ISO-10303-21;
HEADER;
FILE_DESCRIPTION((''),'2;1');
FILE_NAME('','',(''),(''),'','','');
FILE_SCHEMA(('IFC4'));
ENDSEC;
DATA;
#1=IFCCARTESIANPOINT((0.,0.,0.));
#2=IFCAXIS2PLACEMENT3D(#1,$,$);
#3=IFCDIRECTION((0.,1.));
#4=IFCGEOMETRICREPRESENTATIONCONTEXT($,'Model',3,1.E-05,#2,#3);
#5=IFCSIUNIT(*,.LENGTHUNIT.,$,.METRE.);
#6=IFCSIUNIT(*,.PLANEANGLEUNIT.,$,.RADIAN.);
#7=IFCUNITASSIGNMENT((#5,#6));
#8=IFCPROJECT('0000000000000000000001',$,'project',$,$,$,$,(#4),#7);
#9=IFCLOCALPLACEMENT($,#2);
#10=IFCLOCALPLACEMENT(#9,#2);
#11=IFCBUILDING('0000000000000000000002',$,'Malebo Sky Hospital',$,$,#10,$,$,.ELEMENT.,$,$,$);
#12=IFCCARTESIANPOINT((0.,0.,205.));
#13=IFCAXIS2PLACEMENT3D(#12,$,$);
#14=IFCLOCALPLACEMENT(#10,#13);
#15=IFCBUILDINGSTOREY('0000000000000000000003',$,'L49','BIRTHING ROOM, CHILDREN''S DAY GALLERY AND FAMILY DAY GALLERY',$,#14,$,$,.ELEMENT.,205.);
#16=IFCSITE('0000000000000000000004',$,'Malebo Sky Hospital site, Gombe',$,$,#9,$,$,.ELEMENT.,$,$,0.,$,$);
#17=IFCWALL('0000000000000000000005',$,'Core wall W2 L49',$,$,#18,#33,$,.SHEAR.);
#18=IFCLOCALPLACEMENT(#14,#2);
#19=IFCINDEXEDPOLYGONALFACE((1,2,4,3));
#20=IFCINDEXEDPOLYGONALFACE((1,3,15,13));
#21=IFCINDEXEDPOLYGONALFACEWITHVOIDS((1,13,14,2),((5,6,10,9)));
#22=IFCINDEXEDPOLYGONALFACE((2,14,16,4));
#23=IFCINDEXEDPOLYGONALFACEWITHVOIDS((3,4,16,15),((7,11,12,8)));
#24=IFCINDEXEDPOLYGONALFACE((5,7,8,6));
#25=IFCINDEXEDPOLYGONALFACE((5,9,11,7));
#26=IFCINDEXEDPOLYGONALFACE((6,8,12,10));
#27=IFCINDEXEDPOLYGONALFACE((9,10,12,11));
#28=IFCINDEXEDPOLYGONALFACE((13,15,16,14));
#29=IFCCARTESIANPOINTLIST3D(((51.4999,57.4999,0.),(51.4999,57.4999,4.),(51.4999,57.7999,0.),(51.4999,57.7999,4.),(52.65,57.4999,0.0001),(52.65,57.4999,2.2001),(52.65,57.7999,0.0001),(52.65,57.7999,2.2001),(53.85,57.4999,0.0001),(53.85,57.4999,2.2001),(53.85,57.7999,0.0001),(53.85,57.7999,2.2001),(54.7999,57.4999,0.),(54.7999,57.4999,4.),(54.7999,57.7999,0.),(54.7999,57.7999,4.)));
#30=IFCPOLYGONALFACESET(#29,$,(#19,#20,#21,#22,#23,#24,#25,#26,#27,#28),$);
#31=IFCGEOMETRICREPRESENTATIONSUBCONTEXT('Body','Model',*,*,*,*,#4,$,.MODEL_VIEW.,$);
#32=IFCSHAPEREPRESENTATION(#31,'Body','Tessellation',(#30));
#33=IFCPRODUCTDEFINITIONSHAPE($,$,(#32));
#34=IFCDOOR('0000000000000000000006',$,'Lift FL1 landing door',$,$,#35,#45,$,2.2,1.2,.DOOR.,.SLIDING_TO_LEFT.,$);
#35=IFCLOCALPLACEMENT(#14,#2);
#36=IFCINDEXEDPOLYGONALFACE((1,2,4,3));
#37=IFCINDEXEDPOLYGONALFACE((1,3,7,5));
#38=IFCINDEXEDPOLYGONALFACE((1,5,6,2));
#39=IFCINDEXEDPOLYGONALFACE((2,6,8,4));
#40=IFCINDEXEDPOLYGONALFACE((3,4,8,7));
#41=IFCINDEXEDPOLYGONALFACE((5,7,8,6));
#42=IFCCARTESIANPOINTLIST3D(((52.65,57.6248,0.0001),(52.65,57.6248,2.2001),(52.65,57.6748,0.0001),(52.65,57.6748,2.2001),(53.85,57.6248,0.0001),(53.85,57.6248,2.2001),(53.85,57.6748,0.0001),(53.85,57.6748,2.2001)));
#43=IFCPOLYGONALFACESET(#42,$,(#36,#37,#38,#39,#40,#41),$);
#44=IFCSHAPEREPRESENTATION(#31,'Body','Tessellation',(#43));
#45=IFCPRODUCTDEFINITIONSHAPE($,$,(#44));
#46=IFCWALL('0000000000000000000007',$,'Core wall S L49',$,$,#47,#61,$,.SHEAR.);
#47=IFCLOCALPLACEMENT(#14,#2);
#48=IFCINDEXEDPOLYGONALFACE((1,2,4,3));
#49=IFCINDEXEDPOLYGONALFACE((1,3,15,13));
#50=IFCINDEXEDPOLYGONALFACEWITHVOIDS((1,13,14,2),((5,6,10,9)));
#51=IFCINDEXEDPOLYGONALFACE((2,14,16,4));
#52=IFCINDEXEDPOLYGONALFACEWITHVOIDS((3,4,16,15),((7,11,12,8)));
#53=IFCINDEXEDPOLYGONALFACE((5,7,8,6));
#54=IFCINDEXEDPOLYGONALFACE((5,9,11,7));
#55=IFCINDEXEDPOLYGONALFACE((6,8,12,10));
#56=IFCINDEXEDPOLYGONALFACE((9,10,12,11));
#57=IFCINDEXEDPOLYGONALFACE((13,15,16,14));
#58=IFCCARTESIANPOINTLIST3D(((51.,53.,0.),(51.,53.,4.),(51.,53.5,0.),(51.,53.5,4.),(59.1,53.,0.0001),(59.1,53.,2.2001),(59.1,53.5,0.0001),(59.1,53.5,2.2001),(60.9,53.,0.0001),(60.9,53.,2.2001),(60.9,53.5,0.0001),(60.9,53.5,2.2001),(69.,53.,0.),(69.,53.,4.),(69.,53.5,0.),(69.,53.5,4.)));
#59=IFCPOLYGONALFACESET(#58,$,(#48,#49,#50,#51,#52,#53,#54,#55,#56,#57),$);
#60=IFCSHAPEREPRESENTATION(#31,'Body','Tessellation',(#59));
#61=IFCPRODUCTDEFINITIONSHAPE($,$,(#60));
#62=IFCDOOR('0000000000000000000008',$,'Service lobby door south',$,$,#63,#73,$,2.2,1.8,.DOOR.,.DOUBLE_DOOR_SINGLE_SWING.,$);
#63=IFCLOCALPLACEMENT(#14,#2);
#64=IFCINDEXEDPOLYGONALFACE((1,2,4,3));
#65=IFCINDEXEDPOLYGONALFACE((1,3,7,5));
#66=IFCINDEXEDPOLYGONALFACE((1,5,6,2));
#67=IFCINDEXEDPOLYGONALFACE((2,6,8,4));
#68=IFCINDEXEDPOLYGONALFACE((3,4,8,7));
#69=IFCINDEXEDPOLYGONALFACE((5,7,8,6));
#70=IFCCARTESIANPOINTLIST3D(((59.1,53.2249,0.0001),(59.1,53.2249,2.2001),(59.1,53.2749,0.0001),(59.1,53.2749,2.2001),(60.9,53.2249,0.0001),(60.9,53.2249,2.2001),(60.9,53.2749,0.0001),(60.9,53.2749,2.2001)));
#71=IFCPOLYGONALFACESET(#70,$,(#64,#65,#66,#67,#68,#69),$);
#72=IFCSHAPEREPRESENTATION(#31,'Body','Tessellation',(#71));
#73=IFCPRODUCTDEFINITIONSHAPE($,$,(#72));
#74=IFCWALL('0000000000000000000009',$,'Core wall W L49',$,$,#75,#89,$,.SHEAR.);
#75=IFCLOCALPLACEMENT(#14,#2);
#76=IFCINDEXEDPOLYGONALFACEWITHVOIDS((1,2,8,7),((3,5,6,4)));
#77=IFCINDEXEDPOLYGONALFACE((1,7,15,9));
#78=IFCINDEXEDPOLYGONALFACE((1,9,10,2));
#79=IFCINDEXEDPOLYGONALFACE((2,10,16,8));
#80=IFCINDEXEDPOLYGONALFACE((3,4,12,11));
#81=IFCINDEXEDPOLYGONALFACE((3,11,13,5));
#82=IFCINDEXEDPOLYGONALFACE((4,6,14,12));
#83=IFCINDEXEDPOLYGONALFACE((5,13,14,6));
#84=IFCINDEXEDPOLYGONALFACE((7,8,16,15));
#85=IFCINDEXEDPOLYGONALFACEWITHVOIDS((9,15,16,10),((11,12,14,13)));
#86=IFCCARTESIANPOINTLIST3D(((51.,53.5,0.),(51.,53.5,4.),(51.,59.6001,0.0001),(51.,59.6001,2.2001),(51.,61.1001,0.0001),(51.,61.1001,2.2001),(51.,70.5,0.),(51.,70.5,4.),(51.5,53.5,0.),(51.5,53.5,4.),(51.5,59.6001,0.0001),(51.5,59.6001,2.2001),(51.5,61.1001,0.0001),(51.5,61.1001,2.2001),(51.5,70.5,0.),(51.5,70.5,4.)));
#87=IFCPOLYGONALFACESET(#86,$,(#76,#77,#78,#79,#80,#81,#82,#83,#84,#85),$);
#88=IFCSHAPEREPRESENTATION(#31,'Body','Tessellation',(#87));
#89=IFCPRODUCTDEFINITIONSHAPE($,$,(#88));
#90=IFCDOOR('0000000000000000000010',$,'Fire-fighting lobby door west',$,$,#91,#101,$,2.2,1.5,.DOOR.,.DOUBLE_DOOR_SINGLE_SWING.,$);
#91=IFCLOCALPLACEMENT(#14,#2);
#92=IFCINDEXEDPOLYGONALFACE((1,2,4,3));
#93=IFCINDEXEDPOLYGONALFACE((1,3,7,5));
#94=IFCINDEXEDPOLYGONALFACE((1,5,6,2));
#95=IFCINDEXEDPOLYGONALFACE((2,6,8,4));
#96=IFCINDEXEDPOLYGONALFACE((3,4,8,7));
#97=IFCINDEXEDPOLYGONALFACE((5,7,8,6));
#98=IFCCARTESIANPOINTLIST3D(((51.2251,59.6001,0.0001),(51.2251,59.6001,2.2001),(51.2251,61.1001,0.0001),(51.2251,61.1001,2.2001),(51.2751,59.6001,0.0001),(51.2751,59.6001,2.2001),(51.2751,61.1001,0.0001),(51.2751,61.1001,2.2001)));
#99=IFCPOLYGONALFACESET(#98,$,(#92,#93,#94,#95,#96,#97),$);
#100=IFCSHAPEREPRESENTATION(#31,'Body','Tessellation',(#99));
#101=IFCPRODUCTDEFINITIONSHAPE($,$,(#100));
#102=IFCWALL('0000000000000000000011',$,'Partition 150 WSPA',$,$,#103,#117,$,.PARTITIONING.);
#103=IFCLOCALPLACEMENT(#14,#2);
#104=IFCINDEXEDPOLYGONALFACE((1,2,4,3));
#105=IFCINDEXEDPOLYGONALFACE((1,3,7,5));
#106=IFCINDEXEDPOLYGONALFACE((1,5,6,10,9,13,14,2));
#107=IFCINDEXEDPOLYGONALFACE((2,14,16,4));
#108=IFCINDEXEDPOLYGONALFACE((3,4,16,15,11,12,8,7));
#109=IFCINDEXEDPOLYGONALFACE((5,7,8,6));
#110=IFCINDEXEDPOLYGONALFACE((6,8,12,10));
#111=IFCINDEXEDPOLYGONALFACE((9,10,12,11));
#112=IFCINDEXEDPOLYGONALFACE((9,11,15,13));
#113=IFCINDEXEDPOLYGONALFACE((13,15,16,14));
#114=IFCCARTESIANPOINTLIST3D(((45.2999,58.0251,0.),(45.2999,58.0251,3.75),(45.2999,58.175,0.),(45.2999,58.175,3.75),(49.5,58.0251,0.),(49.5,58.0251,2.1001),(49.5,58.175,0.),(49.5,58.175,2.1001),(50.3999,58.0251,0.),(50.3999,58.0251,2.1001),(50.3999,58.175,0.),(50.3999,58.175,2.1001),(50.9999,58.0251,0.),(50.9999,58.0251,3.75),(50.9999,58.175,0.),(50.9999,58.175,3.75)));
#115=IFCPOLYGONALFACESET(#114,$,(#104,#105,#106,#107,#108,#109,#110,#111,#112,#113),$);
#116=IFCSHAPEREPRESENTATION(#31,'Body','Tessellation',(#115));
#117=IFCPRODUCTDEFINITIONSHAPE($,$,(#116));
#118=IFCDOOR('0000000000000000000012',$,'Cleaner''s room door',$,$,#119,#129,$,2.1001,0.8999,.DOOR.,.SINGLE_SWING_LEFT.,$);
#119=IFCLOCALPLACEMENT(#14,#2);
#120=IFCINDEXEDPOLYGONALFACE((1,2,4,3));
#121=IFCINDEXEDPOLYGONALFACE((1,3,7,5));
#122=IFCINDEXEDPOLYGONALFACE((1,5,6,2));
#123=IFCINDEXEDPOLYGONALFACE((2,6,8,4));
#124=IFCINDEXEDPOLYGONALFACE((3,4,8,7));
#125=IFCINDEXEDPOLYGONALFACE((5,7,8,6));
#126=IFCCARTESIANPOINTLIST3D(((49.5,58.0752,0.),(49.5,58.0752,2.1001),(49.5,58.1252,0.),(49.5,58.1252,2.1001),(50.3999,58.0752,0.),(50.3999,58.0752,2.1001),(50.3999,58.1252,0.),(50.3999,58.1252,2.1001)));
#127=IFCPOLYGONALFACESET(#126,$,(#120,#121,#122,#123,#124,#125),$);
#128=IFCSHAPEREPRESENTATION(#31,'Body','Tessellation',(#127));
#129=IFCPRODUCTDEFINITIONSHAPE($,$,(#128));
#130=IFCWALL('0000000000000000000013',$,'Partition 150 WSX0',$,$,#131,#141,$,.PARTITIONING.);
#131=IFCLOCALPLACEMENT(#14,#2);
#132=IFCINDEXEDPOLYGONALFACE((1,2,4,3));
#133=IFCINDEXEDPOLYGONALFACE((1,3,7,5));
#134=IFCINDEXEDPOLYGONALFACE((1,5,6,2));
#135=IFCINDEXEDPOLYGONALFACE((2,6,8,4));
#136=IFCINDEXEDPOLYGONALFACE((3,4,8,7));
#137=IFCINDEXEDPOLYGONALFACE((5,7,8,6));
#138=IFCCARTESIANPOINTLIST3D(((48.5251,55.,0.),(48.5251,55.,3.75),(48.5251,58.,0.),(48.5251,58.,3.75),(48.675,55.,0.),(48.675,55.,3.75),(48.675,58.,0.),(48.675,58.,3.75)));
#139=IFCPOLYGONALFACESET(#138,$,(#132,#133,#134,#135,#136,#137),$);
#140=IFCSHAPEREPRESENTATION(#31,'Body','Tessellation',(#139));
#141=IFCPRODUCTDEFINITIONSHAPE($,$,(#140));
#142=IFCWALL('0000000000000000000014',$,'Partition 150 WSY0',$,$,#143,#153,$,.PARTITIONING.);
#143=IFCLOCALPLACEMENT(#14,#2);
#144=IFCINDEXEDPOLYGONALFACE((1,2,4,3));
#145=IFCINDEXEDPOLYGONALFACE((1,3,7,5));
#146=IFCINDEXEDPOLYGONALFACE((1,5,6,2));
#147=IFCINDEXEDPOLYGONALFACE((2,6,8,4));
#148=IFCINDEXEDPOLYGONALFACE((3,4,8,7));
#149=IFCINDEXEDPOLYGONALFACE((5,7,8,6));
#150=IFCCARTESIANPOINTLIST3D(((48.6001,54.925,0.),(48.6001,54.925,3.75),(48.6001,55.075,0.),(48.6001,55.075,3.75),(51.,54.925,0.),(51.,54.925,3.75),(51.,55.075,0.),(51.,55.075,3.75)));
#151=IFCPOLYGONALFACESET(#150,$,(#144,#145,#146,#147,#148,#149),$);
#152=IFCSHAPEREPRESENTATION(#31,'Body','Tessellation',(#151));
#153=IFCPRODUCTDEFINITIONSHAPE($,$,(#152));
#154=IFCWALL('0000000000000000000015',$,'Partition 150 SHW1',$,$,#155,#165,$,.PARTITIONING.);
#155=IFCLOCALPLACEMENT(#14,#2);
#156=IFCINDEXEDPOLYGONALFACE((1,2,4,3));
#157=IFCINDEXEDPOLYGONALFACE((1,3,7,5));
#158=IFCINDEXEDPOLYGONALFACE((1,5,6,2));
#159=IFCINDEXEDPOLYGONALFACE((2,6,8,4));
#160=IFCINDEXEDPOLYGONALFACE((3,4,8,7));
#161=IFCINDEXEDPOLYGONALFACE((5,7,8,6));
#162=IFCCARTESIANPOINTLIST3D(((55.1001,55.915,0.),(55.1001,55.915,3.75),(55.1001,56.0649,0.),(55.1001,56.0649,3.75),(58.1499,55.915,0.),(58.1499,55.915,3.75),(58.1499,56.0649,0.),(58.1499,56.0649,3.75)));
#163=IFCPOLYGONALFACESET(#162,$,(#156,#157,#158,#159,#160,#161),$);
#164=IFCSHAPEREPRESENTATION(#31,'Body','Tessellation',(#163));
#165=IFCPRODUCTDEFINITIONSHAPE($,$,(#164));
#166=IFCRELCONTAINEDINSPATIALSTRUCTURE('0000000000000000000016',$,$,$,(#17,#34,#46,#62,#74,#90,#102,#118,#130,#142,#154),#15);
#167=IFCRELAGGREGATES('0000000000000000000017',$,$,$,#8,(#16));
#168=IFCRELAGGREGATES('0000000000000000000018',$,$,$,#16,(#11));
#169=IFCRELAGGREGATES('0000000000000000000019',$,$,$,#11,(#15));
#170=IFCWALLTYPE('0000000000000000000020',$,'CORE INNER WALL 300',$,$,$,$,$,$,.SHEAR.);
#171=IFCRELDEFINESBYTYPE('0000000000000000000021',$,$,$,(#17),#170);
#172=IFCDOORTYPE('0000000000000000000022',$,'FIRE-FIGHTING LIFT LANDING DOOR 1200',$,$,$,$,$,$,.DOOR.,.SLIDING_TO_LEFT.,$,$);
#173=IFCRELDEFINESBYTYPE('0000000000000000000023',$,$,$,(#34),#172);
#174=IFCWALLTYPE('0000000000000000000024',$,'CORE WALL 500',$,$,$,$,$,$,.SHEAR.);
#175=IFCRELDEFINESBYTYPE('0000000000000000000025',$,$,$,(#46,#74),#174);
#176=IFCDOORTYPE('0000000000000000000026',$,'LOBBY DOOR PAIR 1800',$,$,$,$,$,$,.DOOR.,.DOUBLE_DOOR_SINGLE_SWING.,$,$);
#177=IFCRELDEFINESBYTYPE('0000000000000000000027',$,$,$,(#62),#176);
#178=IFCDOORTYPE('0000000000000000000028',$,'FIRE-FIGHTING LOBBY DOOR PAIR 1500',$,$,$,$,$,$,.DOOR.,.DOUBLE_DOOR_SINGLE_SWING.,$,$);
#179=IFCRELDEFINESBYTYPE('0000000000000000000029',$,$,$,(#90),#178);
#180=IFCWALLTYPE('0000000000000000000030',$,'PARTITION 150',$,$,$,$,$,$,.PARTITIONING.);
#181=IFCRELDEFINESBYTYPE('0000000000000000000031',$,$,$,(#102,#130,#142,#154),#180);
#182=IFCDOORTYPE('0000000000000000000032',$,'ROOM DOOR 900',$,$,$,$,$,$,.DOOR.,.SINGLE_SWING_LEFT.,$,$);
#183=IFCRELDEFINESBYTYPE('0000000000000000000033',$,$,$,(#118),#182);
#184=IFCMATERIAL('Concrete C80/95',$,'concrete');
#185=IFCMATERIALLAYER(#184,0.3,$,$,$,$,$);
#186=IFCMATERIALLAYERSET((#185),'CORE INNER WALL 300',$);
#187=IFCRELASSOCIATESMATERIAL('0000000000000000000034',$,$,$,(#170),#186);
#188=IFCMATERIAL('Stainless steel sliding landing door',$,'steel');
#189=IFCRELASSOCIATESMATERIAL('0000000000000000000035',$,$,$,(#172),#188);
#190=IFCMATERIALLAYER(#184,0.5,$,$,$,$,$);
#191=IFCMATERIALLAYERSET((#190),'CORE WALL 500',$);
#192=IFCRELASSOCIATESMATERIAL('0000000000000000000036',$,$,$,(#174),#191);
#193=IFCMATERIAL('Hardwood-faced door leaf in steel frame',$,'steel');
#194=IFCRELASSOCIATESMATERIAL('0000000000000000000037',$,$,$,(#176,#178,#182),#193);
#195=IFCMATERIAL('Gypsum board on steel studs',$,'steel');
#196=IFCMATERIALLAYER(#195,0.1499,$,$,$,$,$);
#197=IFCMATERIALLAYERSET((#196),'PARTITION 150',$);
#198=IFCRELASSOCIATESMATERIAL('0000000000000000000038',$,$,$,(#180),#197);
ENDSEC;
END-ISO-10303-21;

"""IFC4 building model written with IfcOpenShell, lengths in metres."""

from ifc_helpers import new_model, si_unit, direction, frame, frame_2d, origin, place, context, subcontext, project, spatial, rectangle, extrude, material, layer, layer_set, type_object, element, fill, save


model = new_model("IFC4")

# Units and contexts
model_context = context("Model", 3, precision=1e-05, world=origin(), true_north=direction((0.0, 1.0)))
body_context = subcontext(model_context, "Body", "Model", "MODEL_VIEW")
ifc_project = project(units=[si_unit("LENGTHUNIT", "METRE"), si_unit("PLANEANGLEUNIT", "RADIAN")], contexts=[model_context])

# Site, building, storey
site_placement = place(None, origin())
site = spatial("IfcSite", under=ifc_project, at=site_placement, Name="Malebo Sky Hospital site, Gombe", CompositionType="ELEMENT", RefElevation=0.0)
building_placement = place(site_placement, origin())
building = spatial("IfcBuilding", under=site, at=building_placement, Name="Malebo Sky Hospital", CompositionType="ELEMENT")
storey_placement = place(building_placement, frame((0.0, 0.0, 205.0)))
storey = spatial("IfcBuildingStorey", under=building, at=storey_placement, Name="L49", Description="BIRTHING ROOM, CHILDREN'S DAY GALLERY AND FAMILY DAY GALLERY", CompositionType="ELEMENT", Elevation=205.0)

# Shared definitions
ifc_material_1 = material(Name="Concrete C80/95", Category="concrete")
ifc_material_2 = material(Name="Hardwood-faced door leaf in steel frame", Category="steel")
ifc_material_3 = material(Name="Stainless steel sliding landing door", Category="steel")

# Shared definitions
ifc_layer_1 = layer(ifc_material_1, 0.3)
ifc_layer_set_1 = layer_set([ifc_layer_1], Name="CORE INNER WALL 300")
wall_type_1 = type_object("IfcWallType", Name="CORE INNER WALL 300", PredefinedType="SHEAR", material=ifc_layer_set_1)

# Walls, openings, doors
wall_1_placement = place(storey_placement, frame((51.5, 57.6499, 0.0), z_axis=(0.0, 0.0, 1.0), x_axis=(1.0, 0.0, 0.0)))
wall_1 = element("IfcWall", 1, at=wall_1_placement, inside=storey, type_object=wall_type_1, Name="Core wall W2 L49", PredefinedType="SHEAR", context=body_context, shape_type="SweptSolid", body=[
    extrude(rectangle(XDim=3.3, YDim=0.3, at=frame_2d((1.6499, 0.0))), origin(), (0.0, 0.0, 1.0), 4.0),
])
opening_1_placement = place(wall_1_placement, frame((1.1499, 0.0, 0.0)))
opening_1 = element("IfcOpeningElement", 2, at=opening_1_placement, cuts=wall_1, PredefinedType="OPENING", context=body_context, shape_type="SweptSolid", body=[
    extrude(rectangle(XDim=1.2, YDim=2.2, at=frame_2d((0.6001, 1.1001))), frame((0.0, 0.1599, 0.0), z_axis=(0.0, -1.0, 0.0), x_axis=(1.0, 0.0, 0.0)), (0.0, 0.0, 1.0), 0.3201),
])
door_type_1 = type_object("IfcDoorType", Name="FIRE-FIGHTING LIFT LANDING DOOR 1200", OperationType="SLIDING_TO_LEFT", PredefinedType="DOOR", material=ifc_material_3)
door_1_placement = place(opening_1_placement, origin())
door_1 = element("IfcDoor", 3, at=door_1_placement, inside=storey, type_object=door_type_1, Name="Lift FL1 landing door", OperationType="SLIDING_TO_LEFT", OverallHeight=2.2, OverallWidth=1.2, PredefinedType="DOOR", context=body_context, shape_type="SweptSolid", body=[
    extrude(rectangle(XDim=1.2, YDim=2.2, at=frame_2d((0.6001, 1.1001))), frame((0.0, 0.0249, 0.0), z_axis=(0.0, -1.0, 0.0), x_axis=(1.0, 0.0, 0.0)), (0.0, 0.0, 1.0), 0.05),
])
fill(opening_1, door_1)
ifc_layer_2 = layer(ifc_material_1, 0.5)
ifc_layer_set_2 = layer_set([ifc_layer_2], Name="CORE WALL 500")
wall_type_2 = type_object("IfcWallType", Name="CORE WALL 500", PredefinedType="SHEAR", material=ifc_layer_set_2)
wall_2_placement = place(storey_placement, frame((51.0, 53.25, 0.0), z_axis=(0.0, 0.0, 1.0), x_axis=(1.0, 0.0, 0.0)))
wall_2 = element("IfcWall", 4, at=wall_2_placement, inside=storey, type_object=wall_type_2, Name="Core wall S L49", PredefinedType="SHEAR", context=body_context, shape_type="SweptSolid", body=[
    extrude(rectangle(XDim=18.0, YDim=0.5, at=frame_2d((9.0, 0.0))), origin(), (0.0, 0.0, 1.0), 4.0),
])
opening_2_placement = place(wall_2_placement, frame((8.1001, 0.0, 0.0)))
opening_2 = element("IfcOpeningElement", 5, at=opening_2_placement, cuts=wall_2, PredefinedType="OPENING", context=body_context, shape_type="SweptSolid", body=[
    extrude(rectangle(XDim=1.8, YDim=2.2, at=frame_2d((0.8999, 1.1001))), frame((0.0, 0.26, 0.0), z_axis=(0.0, -1.0, 0.0), x_axis=(1.0, 0.0, 0.0)), (0.0, 0.0, 1.0), 0.52),
])
door_type_2 = type_object("IfcDoorType", Name="LOBBY DOOR PAIR 1800", OperationType="DOUBLE_DOOR_SINGLE_SWING", PredefinedType="DOOR", material=ifc_material_2)
door_2_placement = place(opening_2_placement, origin())
door_2 = element("IfcDoor", 6, at=door_2_placement, inside=storey, type_object=door_type_2, Name="Service lobby door south", OperationType="DOUBLE_DOOR_SINGLE_SWING", OverallHeight=2.2, OverallWidth=1.8, PredefinedType="DOOR", context=body_context, shape_type="SweptSolid", body=[
    extrude(rectangle(XDim=1.8, YDim=2.2, at=frame_2d((0.8999, 1.1001))), frame((0.0, 0.0249, 0.0), z_axis=(0.0, -1.0, 0.0), x_axis=(1.0, 0.0, 0.0)), (0.0, 0.0, 1.0), 0.05),
])
fill(opening_2, door_2)
wall_3_placement = place(storey_placement, frame((51.25, 53.5, 0.0), z_axis=(0.0, 0.0, 1.0), x_axis=(0.0, 1.0, 0.0)))
wall_3 = element("IfcWall", 7, at=wall_3_placement, inside=storey, type_object=wall_type_2, Name="Core wall W L49", PredefinedType="SHEAR", context=body_context, shape_type="SweptSolid", body=[
    extrude(rectangle(XDim=17.0, YDim=0.5, at=frame_2d((8.5, 0.0))), origin(), (0.0, 0.0, 1.0), 4.0),
])
opening_3_placement = place(wall_3_placement, frame((6.1001, 0.0, 0.0)))
opening_3 = element("IfcOpeningElement", 8, at=opening_3_placement, cuts=wall_3, PredefinedType="OPENING", context=body_context, shape_type="SweptSolid", body=[
    extrude(rectangle(XDim=1.5, YDim=2.2, at=frame_2d((0.75, 1.1001))), frame((0.0, 0.26, 0.0), z_axis=(0.0, -1.0, 0.0), x_axis=(1.0, 0.0, 0.0)), (0.0, 0.0, 1.0), 0.52),
])
door_type_3 = type_object("IfcDoorType", Name="FIRE-FIGHTING LOBBY DOOR PAIR 1500", OperationType="DOUBLE_DOOR_SINGLE_SWING", PredefinedType="DOOR", material=ifc_material_2)
door_3_placement = place(opening_3_placement, origin())
door_3 = element("IfcDoor", 9, at=door_3_placement, inside=storey, type_object=door_type_3, Name="Fire-fighting lobby door west", OperationType="DOUBLE_DOOR_SINGLE_SWING", OverallHeight=2.2, OverallWidth=1.5, PredefinedType="DOOR", context=body_context, shape_type="SweptSolid", body=[
    extrude(rectangle(XDim=1.5, YDim=2.2, at=frame_2d((0.75, 1.1001))), frame((0.0, 0.0249, 0.0), z_axis=(0.0, -1.0, 0.0), x_axis=(1.0, 0.0, 0.0)), (0.0, 0.0, 1.0), 0.05),
])
fill(opening_3, door_3)
ifc_material_4 = material(Name="Gypsum board on steel studs", Category="steel")
ifc_layer_3 = layer(ifc_material_4, 0.1499)
ifc_layer_set_3 = layer_set([ifc_layer_3], Name="PARTITION 150")
wall_type_3 = type_object("IfcWallType", Name="PARTITION 150", PredefinedType="PARTITIONING", material=ifc_layer_set_3)
wall_4_placement = place(storey_placement, frame((51.0, 58.1001, 0.0), z_axis=(0.0, 0.0, 1.0), x_axis=(-1.0, 0.0, 0.0)))
wall_4 = element("IfcWall", 10, at=wall_4_placement, inside=storey, type_object=wall_type_3, Name="Partition 150 WSPA", PredefinedType="PARTITIONING", context=body_context, shape_type="SweptSolid", body=[
    extrude(rectangle(XDim=5.7, YDim=0.1499, at=frame_2d((2.8501, 0.0))), origin(), (0.0, 0.0, 1.0), 3.75),
])
opening_4_placement = place(wall_4_placement, frame((0.6001, 0.0, 0.0)))
opening_4 = element("IfcOpeningElement", 11, at=opening_4_placement, cuts=wall_4, PredefinedType="OPENING", context=body_context, shape_type="SweptSolid", body=[
    extrude(rectangle(XDim=0.8999, YDim=2.1001, at=frame_2d((0.45, 1.05))), frame((0.0, 0.085, 0.0), z_axis=(0.0, -1.0, 0.0), x_axis=(1.0, 0.0, 0.0)), (0.0, 0.0, 1.0), 0.1699),
])
door_type_4 = type_object("IfcDoorType", Name="ROOM DOOR 900", OperationType="SINGLE_SWING_LEFT", PredefinedType="DOOR", material=ifc_material_2)
door_4_placement = place(opening_4_placement, origin())
door_4 = element("IfcDoor", 12, at=door_4_placement, inside=storey, type_object=door_type_4, Name="Cleaner's room door", OperationType="SINGLE_SWING_LEFT", OverallHeight=2.1001, OverallWidth=0.8999, PredefinedType="DOOR", context=body_context, shape_type="SweptSolid", body=[
    extrude(rectangle(XDim=0.8999, YDim=2.1001, at=frame_2d((0.45, 1.05))), frame((0.0, 0.0249, 0.0), z_axis=(0.0, -1.0, 0.0), x_axis=(1.0, 0.0, 0.0)), (0.0, 0.0, 1.0), 0.05),
])
fill(opening_4, door_4)

# Walls
wall_5_placement = place(storey_placement, frame((48.6001, 55.0, 0.0), z_axis=(0.0, 0.0, 1.0), x_axis=(0.0, 1.0, 0.0)))
element("IfcWall", 13, at=wall_5_placement, inside=storey, type_object=wall_type_3, Name="Partition 150 WSX0", PredefinedType="PARTITIONING", context=body_context, shape_type="SweptSolid", body=[
    extrude(rectangle(XDim=3.0, YDim=0.1499, at=frame_2d((1.5, 0.0))), origin(), (0.0, 0.0, 1.0), 3.75),
])
wall_6_placement = place(storey_placement, frame((51.0, 55.0, 0.0), z_axis=(0.0, 0.0, 1.0), x_axis=(-1.0, 0.0, 0.0)))
element("IfcWall", 14, at=wall_6_placement, inside=storey, type_object=wall_type_3, Name="Partition 150 WSY0", PredefinedType="PARTITIONING", context=body_context, shape_type="SweptSolid", body=[
    extrude(rectangle(XDim=2.3999, YDim=0.1499, at=frame_2d((1.2, 0.0))), origin(), (0.0, 0.0, 1.0), 3.75),
])
for number, where, z_axis, x_axis, name in (
    (15, (55.1001, 55.99, 0.0), (0.0, 0.0, 1.0), (1.0, 0.0, 0.0), "Partition 150 SHW1"),
):
    element("IfcWall", number, at=place(storey_placement, frame(where, z_axis=z_axis, x_axis=x_axis)), inside=storey, type_object=wall_type_3, Name=name, PredefinedType="PARTITIONING", context=body_context, shape_type="SweptSolid", body=[
        extrude(rectangle(XDim=3.0498, YDim=0.1499, at=frame_2d((1.5249, 0.0))), origin(), (0.0, 0.0, 1.0), 3.75),
    ])

save(model, "model.ifc")
